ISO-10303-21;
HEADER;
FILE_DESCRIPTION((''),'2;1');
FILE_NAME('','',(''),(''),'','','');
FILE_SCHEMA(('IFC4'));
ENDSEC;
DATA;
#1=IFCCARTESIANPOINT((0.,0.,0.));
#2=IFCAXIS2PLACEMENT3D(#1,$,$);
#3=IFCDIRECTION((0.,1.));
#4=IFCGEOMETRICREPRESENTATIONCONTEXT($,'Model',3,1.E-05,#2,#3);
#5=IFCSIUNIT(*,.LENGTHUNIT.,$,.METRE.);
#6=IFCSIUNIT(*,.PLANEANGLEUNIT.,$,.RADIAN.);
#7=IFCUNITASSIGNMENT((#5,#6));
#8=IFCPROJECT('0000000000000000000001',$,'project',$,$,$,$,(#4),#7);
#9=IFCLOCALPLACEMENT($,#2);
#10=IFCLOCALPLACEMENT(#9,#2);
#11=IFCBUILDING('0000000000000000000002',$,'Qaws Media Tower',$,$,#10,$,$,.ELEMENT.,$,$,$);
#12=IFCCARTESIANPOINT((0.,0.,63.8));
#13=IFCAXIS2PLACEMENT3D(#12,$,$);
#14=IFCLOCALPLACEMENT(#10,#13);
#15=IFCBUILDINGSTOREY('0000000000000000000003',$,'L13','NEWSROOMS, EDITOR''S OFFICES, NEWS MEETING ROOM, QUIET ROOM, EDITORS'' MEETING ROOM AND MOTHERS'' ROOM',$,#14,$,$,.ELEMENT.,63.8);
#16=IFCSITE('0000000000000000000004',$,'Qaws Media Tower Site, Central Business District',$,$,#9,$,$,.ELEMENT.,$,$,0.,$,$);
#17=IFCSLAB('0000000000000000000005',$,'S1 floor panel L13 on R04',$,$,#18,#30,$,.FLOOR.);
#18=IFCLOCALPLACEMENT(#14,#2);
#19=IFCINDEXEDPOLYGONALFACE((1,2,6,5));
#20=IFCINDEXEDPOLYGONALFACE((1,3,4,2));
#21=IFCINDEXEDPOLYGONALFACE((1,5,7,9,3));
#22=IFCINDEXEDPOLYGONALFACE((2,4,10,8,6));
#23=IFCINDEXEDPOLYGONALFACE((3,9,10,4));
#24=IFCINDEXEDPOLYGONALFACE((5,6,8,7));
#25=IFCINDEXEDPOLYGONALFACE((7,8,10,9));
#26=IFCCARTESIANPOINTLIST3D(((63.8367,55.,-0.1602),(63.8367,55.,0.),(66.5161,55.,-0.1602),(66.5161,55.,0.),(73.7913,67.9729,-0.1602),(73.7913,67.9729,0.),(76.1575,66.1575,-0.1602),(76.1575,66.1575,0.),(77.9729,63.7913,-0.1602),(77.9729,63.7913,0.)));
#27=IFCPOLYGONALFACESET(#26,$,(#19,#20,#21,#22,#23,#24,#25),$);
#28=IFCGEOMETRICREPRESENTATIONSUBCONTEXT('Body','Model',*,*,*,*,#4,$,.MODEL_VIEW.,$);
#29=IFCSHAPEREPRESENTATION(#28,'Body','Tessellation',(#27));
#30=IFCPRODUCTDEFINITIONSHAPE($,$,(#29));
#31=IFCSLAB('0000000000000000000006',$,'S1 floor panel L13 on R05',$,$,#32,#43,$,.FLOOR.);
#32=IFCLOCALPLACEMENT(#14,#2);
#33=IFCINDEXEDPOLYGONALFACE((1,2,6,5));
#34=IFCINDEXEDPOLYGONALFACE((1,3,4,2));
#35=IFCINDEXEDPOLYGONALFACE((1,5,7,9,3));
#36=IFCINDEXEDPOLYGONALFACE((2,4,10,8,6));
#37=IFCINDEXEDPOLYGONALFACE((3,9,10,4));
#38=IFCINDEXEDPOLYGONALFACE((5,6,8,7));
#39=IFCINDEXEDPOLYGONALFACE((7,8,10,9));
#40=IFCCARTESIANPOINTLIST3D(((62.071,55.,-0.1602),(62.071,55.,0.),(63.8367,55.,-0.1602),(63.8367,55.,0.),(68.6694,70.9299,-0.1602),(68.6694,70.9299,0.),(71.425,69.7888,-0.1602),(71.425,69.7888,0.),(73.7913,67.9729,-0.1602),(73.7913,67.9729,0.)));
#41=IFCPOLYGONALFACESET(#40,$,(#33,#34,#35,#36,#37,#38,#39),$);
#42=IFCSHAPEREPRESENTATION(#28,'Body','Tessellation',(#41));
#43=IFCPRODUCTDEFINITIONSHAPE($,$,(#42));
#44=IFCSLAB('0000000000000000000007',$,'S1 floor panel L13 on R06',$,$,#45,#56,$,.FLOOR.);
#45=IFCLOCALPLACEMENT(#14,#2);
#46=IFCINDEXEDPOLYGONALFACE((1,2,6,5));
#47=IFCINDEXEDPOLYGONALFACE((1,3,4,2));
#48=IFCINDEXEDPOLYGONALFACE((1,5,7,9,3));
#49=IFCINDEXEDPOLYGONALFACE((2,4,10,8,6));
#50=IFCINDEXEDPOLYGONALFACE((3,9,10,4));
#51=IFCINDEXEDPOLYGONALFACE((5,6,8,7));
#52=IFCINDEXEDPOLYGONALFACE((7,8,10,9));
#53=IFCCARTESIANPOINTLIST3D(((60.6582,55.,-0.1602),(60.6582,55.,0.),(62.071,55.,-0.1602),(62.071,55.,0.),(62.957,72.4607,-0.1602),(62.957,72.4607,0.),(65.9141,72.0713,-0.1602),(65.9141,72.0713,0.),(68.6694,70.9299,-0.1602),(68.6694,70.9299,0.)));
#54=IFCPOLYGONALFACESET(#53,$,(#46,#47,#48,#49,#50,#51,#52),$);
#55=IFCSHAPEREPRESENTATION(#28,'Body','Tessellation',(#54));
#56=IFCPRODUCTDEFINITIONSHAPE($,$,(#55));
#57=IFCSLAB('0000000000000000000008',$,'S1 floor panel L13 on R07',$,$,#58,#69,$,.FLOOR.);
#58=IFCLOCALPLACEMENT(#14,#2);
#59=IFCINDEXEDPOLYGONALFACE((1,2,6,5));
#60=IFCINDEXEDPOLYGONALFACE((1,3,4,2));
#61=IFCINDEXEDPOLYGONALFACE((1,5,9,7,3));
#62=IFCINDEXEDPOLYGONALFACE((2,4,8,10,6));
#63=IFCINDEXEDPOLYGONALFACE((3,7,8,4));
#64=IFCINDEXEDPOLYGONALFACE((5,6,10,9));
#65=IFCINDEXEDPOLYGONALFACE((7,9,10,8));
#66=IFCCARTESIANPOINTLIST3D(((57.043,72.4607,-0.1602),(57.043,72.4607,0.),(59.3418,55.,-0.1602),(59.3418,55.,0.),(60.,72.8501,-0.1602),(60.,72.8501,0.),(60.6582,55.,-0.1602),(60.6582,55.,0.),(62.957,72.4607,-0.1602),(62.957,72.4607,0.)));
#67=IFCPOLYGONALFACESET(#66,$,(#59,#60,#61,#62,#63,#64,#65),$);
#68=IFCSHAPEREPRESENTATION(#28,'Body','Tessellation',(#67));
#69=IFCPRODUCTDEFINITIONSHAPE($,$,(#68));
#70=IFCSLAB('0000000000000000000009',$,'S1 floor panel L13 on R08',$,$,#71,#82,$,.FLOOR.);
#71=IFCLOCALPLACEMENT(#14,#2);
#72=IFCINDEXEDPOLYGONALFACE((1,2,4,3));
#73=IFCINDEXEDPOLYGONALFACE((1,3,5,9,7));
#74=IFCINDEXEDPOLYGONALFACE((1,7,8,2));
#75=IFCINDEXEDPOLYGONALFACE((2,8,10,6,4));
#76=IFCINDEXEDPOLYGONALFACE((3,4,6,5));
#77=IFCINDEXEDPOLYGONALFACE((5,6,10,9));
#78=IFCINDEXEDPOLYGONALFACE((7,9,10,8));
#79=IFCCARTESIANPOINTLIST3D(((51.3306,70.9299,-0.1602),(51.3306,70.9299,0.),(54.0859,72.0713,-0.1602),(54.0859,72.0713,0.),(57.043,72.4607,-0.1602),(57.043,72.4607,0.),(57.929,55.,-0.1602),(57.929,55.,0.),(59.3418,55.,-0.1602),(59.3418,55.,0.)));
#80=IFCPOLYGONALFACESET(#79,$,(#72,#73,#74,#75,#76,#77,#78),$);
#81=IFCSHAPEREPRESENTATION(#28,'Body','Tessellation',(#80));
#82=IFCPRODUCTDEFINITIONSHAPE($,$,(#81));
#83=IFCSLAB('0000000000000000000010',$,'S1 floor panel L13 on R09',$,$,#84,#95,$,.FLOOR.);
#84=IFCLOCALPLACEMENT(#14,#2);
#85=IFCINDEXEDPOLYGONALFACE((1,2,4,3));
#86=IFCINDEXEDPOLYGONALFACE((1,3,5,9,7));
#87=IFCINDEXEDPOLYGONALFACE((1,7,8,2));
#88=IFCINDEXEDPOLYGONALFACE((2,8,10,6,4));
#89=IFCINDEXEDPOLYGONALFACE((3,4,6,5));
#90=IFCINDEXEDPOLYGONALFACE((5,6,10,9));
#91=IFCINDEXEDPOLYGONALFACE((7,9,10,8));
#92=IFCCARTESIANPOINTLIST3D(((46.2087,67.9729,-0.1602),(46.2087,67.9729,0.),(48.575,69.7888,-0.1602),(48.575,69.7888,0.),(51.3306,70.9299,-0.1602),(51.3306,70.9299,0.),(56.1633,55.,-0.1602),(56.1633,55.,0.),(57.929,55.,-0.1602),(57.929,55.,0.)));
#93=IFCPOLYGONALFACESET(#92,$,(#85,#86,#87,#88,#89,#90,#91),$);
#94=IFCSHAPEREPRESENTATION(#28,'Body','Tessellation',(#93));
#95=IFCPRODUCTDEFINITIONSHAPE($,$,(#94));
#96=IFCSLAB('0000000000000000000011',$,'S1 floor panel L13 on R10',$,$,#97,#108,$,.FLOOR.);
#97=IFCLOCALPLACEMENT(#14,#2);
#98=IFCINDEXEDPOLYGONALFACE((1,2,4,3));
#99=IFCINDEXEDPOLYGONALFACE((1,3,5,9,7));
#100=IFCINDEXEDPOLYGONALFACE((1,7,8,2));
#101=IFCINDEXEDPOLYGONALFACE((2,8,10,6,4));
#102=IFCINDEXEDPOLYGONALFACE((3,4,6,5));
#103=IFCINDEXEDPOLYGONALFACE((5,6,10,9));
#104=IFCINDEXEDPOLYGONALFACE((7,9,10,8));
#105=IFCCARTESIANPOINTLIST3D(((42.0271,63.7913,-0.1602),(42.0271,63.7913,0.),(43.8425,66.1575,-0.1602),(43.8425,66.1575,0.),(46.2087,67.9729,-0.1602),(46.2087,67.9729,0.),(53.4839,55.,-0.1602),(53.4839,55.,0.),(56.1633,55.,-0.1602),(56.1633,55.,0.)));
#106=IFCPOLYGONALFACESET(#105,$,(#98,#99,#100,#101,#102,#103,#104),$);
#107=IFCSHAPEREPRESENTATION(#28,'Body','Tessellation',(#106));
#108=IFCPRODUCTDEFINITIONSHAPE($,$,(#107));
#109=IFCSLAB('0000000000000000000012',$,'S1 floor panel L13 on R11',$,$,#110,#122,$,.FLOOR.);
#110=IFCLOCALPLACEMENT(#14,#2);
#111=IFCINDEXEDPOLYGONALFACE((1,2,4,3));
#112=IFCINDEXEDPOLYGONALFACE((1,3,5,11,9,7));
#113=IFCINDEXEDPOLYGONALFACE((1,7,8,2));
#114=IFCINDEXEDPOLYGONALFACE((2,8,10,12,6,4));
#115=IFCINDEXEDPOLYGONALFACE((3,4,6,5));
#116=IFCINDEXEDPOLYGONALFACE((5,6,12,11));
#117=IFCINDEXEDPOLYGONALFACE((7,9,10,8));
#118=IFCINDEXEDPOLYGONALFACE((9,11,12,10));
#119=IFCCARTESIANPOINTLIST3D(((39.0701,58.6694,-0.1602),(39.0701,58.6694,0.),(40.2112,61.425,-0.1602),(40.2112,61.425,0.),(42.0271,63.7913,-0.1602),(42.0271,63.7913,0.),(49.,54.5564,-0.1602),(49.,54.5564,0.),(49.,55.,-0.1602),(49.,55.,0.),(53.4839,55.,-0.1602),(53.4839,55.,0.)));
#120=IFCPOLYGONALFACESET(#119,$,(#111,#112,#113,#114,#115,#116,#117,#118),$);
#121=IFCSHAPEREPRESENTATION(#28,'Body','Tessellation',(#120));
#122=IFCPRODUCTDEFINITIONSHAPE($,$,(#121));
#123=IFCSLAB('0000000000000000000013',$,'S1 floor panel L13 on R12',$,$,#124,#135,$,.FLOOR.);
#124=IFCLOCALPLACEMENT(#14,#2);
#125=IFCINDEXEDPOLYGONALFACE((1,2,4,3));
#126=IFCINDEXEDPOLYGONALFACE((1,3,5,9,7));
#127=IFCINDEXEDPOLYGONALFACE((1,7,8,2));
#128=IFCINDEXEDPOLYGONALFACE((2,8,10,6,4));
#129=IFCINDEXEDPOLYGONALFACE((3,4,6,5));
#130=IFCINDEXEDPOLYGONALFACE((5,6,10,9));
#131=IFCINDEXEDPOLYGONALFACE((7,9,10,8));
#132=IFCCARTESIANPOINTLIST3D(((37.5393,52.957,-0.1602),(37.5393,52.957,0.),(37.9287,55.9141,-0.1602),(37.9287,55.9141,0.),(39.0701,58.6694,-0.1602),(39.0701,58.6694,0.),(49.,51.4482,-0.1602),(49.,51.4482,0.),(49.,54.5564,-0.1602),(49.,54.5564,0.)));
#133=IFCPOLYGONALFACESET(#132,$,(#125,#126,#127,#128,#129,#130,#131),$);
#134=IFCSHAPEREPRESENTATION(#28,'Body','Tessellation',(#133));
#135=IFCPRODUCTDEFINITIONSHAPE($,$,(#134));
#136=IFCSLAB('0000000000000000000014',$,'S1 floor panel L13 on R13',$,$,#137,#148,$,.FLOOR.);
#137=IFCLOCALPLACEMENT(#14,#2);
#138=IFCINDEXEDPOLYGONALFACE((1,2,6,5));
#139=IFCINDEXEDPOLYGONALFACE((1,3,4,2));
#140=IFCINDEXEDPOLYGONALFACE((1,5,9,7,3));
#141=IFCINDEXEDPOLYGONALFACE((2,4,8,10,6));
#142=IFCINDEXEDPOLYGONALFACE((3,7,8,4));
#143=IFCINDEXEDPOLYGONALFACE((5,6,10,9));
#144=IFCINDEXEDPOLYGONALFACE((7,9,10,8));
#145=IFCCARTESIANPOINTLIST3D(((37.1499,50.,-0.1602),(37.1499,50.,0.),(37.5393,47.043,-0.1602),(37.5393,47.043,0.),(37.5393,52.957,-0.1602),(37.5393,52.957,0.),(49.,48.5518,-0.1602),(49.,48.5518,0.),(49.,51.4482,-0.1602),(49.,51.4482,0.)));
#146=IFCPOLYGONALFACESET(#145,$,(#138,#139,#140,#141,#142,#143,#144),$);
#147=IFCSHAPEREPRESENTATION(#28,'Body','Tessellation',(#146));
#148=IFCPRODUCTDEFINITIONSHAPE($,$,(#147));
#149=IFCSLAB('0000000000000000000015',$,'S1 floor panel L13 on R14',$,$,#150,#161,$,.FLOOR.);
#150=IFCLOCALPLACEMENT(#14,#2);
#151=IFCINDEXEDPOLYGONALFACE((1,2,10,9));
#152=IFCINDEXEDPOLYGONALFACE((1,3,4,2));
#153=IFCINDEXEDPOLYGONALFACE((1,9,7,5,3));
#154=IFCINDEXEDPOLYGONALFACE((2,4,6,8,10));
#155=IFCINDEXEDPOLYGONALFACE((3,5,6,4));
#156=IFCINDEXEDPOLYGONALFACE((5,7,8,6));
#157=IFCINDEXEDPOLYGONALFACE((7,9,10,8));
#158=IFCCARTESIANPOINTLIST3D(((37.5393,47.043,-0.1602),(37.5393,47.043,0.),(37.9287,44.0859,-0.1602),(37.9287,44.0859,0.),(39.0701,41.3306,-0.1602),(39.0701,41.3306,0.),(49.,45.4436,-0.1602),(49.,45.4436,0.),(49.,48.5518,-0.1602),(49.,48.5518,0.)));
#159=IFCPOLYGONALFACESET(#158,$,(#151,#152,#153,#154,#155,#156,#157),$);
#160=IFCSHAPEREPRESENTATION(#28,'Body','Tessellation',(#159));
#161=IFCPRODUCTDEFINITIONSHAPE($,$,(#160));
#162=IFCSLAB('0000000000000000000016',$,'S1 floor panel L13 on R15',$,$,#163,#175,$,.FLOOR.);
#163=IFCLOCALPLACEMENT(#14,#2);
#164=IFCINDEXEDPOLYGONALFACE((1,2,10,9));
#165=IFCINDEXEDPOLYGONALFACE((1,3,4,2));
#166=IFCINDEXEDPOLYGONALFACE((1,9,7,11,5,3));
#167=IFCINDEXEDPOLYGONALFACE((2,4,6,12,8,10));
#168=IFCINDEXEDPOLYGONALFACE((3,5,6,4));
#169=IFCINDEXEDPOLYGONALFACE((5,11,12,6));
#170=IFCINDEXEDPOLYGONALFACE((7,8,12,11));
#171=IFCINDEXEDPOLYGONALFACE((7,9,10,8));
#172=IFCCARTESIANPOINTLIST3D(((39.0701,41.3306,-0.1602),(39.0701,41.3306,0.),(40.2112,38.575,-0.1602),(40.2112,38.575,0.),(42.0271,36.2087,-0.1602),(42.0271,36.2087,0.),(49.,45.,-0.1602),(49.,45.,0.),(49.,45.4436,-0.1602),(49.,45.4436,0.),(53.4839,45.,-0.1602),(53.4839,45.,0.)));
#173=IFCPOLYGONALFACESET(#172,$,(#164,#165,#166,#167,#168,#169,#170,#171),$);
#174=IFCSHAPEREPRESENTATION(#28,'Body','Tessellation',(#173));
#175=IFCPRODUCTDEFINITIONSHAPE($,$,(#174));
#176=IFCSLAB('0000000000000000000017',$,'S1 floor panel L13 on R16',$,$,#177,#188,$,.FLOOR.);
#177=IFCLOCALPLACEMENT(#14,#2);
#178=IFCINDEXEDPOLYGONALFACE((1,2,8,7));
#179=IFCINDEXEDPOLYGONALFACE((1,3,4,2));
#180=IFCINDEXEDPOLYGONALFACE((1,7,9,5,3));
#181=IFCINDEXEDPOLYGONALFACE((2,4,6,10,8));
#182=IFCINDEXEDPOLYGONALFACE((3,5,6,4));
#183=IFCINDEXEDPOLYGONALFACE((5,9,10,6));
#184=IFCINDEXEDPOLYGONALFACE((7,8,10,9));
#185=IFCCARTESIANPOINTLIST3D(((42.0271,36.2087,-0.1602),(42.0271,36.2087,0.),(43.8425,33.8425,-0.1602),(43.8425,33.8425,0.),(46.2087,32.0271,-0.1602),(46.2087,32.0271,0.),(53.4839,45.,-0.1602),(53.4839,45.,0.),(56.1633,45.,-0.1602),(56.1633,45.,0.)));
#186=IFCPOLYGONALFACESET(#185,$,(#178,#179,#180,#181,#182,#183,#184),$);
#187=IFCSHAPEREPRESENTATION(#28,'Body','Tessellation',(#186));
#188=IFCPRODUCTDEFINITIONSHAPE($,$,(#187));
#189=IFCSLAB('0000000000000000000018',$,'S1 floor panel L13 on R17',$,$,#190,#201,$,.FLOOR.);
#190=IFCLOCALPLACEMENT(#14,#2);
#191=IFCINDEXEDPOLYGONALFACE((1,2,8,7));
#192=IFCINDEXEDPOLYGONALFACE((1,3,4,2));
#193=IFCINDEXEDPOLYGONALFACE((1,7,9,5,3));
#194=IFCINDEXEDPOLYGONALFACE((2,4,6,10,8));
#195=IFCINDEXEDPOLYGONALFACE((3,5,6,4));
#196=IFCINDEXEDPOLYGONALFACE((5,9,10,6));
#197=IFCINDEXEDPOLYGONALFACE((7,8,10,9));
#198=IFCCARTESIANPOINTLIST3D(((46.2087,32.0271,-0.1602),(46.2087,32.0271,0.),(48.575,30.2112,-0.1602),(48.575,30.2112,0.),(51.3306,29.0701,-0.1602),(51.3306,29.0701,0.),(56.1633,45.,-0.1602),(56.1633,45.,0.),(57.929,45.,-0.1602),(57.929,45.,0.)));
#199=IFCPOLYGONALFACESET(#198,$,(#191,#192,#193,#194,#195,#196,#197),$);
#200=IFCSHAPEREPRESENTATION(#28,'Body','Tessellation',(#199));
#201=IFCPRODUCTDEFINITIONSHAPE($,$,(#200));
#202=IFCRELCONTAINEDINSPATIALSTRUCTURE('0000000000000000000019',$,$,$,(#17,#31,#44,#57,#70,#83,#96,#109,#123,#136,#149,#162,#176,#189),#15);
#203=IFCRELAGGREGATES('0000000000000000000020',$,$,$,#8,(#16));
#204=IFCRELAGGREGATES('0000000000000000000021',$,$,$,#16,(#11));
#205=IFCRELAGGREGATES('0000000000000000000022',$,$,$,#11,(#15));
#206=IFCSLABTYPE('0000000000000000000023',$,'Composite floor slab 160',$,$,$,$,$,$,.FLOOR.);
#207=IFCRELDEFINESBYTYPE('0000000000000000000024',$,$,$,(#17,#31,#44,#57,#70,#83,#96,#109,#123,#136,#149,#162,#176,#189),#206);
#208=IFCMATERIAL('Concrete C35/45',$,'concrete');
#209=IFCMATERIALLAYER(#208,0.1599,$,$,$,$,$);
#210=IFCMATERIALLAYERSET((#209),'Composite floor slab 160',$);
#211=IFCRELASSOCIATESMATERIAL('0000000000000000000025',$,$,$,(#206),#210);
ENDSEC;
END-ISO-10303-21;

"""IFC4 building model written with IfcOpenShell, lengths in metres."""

from ifc_helpers import new_model, si_unit, direction, frame, origin, place, context, subcontext, project, spatial, polyline, outline, extrude, material, layer, layer_set, type_object, element, save


model = new_model("IFC4")

# Units and contexts
model_context = context("Model", 3, precision=1e-05, world=origin(), true_north=direction((0.0, 1.0)))
body_context = subcontext(model_context, "Body", "Model", "MODEL_VIEW")
ifc_project = project(units=[si_unit("LENGTHUNIT", "METRE"), si_unit("PLANEANGLEUNIT", "RADIAN")], contexts=[model_context])

# Site, building, storey
site_placement = place(None, origin())
site = spatial("IfcSite", under=ifc_project, at=site_placement, Name="Qaws Media Tower Site, Central Business District", CompositionType="ELEMENT", RefElevation=0.0)
building_placement = place(site_placement, origin())
building = spatial("IfcBuilding", under=site, at=building_placement, Name="Qaws Media Tower", CompositionType="ELEMENT")
storey_placement = place(building_placement, frame((0.0, 0.0, 63.8)))
storey = spatial("IfcBuildingStorey", under=building, at=storey_placement, Name="L13", Description="NEWSROOMS, EDITOR'S OFFICES, NEWS MEETING ROOM, QUIET ROOM, EDITORS' MEETING ROOM AND MOTHERS' ROOM", CompositionType="ELEMENT", Elevation=63.8)

# Slabs
ifc_material_1 = material(Name="Concrete C35/45", Category="concrete")
ifc_layer_1 = layer(ifc_material_1, 0.1599)
ifc_layer_set_1 = layer_set([ifc_layer_1], Name="Composite floor slab 160")
slab_type_1 = type_object("IfcSlabType", Name="Composite floor slab 160", PredefinedType="FLOOR", material=ifc_layer_set_1)
slab_1_placement = place(storey_placement, frame((0.0, 0.0, -0.1602)))
element("IfcSlab", 1, at=slab_1_placement, inside=storey, type_object=slab_type_1, Name="S1 floor panel L13 on R04", PredefinedType="FLOOR", context=body_context, shape_type="SweptSolid", body=[
    extrude(outline(polyline([(76.1575, 66.1575), (77.9729, 63.7913), (66.5161, 55.0), (63.8367, 55.0), (73.7913, 67.9729), (76.1575, 66.1575)])), origin(), (0.0, 0.0, 1.0), 0.1602),
])
slab_2_placement = place(storey_placement, frame((0.0, 0.0, -0.1602)))
element("IfcSlab", 2, at=slab_2_placement, inside=storey, type_object=slab_type_1, Name="S1 floor panel L13 on R05", PredefinedType="FLOOR", context=body_context, shape_type="SweptSolid", body=[
    extrude(outline(polyline([(71.425, 69.7888), (73.7913, 67.9729), (63.8367, 55.0), (62.071, 55.0), (68.6694, 70.9299), (71.425, 69.7888)])), origin(), (0.0, 0.0, 1.0), 0.1602),
])
slab_3_placement = place(storey_placement, frame((0.0, 0.0, -0.1602)))
element("IfcSlab", 3, at=slab_3_placement, inside=storey, type_object=slab_type_1, Name="S1 floor panel L13 on R06", PredefinedType="FLOOR", context=body_context, shape_type="SweptSolid", body=[
    extrude(outline(polyline([(65.9141, 72.0713), (68.6694, 70.9299), (62.071, 55.0), (60.6582, 55.0), (62.957, 72.4607), (65.9141, 72.0713)])), origin(), (0.0, 0.0, 1.0), 0.1602),
])
slab_4_placement = place(storey_placement, frame((0.0, 0.0, -0.1602)))
element("IfcSlab", 4, at=slab_4_placement, inside=storey, type_object=slab_type_1, Name="S1 floor panel L13 on R07", PredefinedType="FLOOR", context=body_context, shape_type="SweptSolid", body=[
    extrude(outline(polyline([(60.0, 72.8501), (62.957, 72.4607), (60.6582, 55.0), (59.3418, 55.0), (57.043, 72.4607), (60.0, 72.8501)])), origin(), (0.0, 0.0, 1.0), 0.1602),
])
slab_5_placement = place(storey_placement, frame((0.0, 0.0, -0.1602)))
element("IfcSlab", 5, at=slab_5_placement, inside=storey, type_object=slab_type_1, Name="S1 floor panel L13 on R08", PredefinedType="FLOOR", context=body_context, shape_type="SweptSolid", body=[
    extrude(outline(polyline([(54.0859, 72.0713), (57.043, 72.4607), (59.3418, 55.0), (57.929, 55.0), (51.3306, 70.9299), (54.0859, 72.0713)])), origin(), (0.0, 0.0, 1.0), 0.1602),
])
slab_6_placement = place(storey_placement, frame((0.0, 0.0, -0.1602)))
element("IfcSlab", 6, at=slab_6_placement, inside=storey, type_object=slab_type_1, Name="S1 floor panel L13 on R09", PredefinedType="FLOOR", context=body_context, shape_type="SweptSolid", body=[
    extrude(outline(polyline([(48.575, 69.7888), (51.3306, 70.9299), (57.929, 55.0), (56.1633, 55.0), (46.2087, 67.9729), (48.575, 69.7888)])), origin(), (0.0, 0.0, 1.0), 0.1602),
])
slab_7_placement = place(storey_placement, frame((0.0, 0.0, -0.1602)))
element("IfcSlab", 7, at=slab_7_placement, inside=storey, type_object=slab_type_1, Name="S1 floor panel L13 on R10", PredefinedType="FLOOR", context=body_context, shape_type="SweptSolid", body=[
    extrude(outline(polyline([(43.8425, 66.1575), (46.2087, 67.9729), (56.1633, 55.0), (53.4839, 55.0), (42.0271, 63.7913), (43.8425, 66.1575)])), origin(), (0.0, 0.0, 1.0), 0.1602),
])
slab_8_placement = place(storey_placement, frame((0.0, 0.0, -0.1602)))
element("IfcSlab", 8, at=slab_8_placement, inside=storey, type_object=slab_type_1, Name="S1 floor panel L13 on R11", PredefinedType="FLOOR", context=body_context, shape_type="SweptSolid", body=[
    extrude(outline(polyline([(40.2112, 61.425), (42.0271, 63.7913), (53.4839, 55.0), (49.0, 55.0), (49.0, 54.5564), (39.0701, 58.6694), (40.2112, 61.425)])), origin(), (0.0, 0.0, 1.0), 0.1602),
])
slab_9_placement = place(storey_placement, frame((0.0, 0.0, -0.1602)))
element("IfcSlab", 9, at=slab_9_placement, inside=storey, type_object=slab_type_1, Name="S1 floor panel L13 on R12", PredefinedType="FLOOR", context=body_context, shape_type="SweptSolid", body=[
    extrude(outline(polyline([(37.9287, 55.9141), (39.0701, 58.6694), (49.0, 54.5564), (49.0, 51.4482), (37.5393, 52.957), (37.9287, 55.9141)])), origin(), (0.0, 0.0, 1.0), 0.1602),
])
slab_10_placement = place(storey_placement, frame((0.0, 0.0, -0.1602)))
element("IfcSlab", 10, at=slab_10_placement, inside=storey, type_object=slab_type_1, Name="S1 floor panel L13 on R13", PredefinedType="FLOOR", context=body_context, shape_type="SweptSolid", body=[
    extrude(outline(polyline([(37.1499, 50.0), (37.5393, 52.957), (49.0, 51.4482), (49.0, 48.5518), (37.5393, 47.043), (37.1499, 50.0)])), origin(), (0.0, 0.0, 1.0), 0.1602),
])
slab_11_placement = place(storey_placement, frame((0.0, 0.0, -0.1602)))
element("IfcSlab", 11, at=slab_11_placement, inside=storey, type_object=slab_type_1, Name="S1 floor panel L13 on R14", PredefinedType="FLOOR", context=body_context, shape_type="SweptSolid", body=[
    extrude(outline(polyline([(37.9287, 44.0859), (37.5393, 47.043), (49.0, 48.5518), (49.0, 45.4436), (39.0701, 41.3306), (37.9287, 44.0859)])), origin(), (0.0, 0.0, 1.0), 0.1602),
])
slab_12_placement = place(storey_placement, frame((0.0, 0.0, -0.1602)))
element("IfcSlab", 12, at=slab_12_placement, inside=storey, type_object=slab_type_1, Name="S1 floor panel L13 on R15", PredefinedType="FLOOR", context=body_context, shape_type="SweptSolid", body=[
    extrude(outline(polyline([(40.2112, 38.575), (39.0701, 41.3306), (49.0, 45.4436), (49.0, 45.0), (53.4839, 45.0), (42.0271, 36.2087), (40.2112, 38.575)])), origin(), (0.0, 0.0, 1.0), 0.1602),
])
slab_13_placement = place(storey_placement, frame((0.0, 0.0, -0.1602)))
element("IfcSlab", 13, at=slab_13_placement, inside=storey, type_object=slab_type_1, Name="S1 floor panel L13 on R16", PredefinedType="FLOOR", context=body_context, shape_type="SweptSolid", body=[
    extrude(outline(polyline([(43.8425, 33.8425), (42.0271, 36.2087), (53.4839, 45.0), (56.1633, 45.0), (46.2087, 32.0271), (43.8425, 33.8425)])), origin(), (0.0, 0.0, 1.0), 0.1602),
])
slab_14_placement = place(storey_placement, frame((0.0, 0.0, -0.1602)))
element("IfcSlab", 14, at=slab_14_placement, inside=storey, type_object=slab_type_1, Name="S1 floor panel L13 on R17", PredefinedType="FLOOR", context=body_context, shape_type="SweptSolid", body=[
    extrude(outline(polyline([(48.575, 30.2112), (46.2087, 32.0271), (56.1633, 45.0), (57.929, 45.0), (51.3306, 29.0701), (48.575, 30.2112)])), origin(), (0.0, 0.0, 1.0), 0.1602),
])

save(model, "model.ifc")
